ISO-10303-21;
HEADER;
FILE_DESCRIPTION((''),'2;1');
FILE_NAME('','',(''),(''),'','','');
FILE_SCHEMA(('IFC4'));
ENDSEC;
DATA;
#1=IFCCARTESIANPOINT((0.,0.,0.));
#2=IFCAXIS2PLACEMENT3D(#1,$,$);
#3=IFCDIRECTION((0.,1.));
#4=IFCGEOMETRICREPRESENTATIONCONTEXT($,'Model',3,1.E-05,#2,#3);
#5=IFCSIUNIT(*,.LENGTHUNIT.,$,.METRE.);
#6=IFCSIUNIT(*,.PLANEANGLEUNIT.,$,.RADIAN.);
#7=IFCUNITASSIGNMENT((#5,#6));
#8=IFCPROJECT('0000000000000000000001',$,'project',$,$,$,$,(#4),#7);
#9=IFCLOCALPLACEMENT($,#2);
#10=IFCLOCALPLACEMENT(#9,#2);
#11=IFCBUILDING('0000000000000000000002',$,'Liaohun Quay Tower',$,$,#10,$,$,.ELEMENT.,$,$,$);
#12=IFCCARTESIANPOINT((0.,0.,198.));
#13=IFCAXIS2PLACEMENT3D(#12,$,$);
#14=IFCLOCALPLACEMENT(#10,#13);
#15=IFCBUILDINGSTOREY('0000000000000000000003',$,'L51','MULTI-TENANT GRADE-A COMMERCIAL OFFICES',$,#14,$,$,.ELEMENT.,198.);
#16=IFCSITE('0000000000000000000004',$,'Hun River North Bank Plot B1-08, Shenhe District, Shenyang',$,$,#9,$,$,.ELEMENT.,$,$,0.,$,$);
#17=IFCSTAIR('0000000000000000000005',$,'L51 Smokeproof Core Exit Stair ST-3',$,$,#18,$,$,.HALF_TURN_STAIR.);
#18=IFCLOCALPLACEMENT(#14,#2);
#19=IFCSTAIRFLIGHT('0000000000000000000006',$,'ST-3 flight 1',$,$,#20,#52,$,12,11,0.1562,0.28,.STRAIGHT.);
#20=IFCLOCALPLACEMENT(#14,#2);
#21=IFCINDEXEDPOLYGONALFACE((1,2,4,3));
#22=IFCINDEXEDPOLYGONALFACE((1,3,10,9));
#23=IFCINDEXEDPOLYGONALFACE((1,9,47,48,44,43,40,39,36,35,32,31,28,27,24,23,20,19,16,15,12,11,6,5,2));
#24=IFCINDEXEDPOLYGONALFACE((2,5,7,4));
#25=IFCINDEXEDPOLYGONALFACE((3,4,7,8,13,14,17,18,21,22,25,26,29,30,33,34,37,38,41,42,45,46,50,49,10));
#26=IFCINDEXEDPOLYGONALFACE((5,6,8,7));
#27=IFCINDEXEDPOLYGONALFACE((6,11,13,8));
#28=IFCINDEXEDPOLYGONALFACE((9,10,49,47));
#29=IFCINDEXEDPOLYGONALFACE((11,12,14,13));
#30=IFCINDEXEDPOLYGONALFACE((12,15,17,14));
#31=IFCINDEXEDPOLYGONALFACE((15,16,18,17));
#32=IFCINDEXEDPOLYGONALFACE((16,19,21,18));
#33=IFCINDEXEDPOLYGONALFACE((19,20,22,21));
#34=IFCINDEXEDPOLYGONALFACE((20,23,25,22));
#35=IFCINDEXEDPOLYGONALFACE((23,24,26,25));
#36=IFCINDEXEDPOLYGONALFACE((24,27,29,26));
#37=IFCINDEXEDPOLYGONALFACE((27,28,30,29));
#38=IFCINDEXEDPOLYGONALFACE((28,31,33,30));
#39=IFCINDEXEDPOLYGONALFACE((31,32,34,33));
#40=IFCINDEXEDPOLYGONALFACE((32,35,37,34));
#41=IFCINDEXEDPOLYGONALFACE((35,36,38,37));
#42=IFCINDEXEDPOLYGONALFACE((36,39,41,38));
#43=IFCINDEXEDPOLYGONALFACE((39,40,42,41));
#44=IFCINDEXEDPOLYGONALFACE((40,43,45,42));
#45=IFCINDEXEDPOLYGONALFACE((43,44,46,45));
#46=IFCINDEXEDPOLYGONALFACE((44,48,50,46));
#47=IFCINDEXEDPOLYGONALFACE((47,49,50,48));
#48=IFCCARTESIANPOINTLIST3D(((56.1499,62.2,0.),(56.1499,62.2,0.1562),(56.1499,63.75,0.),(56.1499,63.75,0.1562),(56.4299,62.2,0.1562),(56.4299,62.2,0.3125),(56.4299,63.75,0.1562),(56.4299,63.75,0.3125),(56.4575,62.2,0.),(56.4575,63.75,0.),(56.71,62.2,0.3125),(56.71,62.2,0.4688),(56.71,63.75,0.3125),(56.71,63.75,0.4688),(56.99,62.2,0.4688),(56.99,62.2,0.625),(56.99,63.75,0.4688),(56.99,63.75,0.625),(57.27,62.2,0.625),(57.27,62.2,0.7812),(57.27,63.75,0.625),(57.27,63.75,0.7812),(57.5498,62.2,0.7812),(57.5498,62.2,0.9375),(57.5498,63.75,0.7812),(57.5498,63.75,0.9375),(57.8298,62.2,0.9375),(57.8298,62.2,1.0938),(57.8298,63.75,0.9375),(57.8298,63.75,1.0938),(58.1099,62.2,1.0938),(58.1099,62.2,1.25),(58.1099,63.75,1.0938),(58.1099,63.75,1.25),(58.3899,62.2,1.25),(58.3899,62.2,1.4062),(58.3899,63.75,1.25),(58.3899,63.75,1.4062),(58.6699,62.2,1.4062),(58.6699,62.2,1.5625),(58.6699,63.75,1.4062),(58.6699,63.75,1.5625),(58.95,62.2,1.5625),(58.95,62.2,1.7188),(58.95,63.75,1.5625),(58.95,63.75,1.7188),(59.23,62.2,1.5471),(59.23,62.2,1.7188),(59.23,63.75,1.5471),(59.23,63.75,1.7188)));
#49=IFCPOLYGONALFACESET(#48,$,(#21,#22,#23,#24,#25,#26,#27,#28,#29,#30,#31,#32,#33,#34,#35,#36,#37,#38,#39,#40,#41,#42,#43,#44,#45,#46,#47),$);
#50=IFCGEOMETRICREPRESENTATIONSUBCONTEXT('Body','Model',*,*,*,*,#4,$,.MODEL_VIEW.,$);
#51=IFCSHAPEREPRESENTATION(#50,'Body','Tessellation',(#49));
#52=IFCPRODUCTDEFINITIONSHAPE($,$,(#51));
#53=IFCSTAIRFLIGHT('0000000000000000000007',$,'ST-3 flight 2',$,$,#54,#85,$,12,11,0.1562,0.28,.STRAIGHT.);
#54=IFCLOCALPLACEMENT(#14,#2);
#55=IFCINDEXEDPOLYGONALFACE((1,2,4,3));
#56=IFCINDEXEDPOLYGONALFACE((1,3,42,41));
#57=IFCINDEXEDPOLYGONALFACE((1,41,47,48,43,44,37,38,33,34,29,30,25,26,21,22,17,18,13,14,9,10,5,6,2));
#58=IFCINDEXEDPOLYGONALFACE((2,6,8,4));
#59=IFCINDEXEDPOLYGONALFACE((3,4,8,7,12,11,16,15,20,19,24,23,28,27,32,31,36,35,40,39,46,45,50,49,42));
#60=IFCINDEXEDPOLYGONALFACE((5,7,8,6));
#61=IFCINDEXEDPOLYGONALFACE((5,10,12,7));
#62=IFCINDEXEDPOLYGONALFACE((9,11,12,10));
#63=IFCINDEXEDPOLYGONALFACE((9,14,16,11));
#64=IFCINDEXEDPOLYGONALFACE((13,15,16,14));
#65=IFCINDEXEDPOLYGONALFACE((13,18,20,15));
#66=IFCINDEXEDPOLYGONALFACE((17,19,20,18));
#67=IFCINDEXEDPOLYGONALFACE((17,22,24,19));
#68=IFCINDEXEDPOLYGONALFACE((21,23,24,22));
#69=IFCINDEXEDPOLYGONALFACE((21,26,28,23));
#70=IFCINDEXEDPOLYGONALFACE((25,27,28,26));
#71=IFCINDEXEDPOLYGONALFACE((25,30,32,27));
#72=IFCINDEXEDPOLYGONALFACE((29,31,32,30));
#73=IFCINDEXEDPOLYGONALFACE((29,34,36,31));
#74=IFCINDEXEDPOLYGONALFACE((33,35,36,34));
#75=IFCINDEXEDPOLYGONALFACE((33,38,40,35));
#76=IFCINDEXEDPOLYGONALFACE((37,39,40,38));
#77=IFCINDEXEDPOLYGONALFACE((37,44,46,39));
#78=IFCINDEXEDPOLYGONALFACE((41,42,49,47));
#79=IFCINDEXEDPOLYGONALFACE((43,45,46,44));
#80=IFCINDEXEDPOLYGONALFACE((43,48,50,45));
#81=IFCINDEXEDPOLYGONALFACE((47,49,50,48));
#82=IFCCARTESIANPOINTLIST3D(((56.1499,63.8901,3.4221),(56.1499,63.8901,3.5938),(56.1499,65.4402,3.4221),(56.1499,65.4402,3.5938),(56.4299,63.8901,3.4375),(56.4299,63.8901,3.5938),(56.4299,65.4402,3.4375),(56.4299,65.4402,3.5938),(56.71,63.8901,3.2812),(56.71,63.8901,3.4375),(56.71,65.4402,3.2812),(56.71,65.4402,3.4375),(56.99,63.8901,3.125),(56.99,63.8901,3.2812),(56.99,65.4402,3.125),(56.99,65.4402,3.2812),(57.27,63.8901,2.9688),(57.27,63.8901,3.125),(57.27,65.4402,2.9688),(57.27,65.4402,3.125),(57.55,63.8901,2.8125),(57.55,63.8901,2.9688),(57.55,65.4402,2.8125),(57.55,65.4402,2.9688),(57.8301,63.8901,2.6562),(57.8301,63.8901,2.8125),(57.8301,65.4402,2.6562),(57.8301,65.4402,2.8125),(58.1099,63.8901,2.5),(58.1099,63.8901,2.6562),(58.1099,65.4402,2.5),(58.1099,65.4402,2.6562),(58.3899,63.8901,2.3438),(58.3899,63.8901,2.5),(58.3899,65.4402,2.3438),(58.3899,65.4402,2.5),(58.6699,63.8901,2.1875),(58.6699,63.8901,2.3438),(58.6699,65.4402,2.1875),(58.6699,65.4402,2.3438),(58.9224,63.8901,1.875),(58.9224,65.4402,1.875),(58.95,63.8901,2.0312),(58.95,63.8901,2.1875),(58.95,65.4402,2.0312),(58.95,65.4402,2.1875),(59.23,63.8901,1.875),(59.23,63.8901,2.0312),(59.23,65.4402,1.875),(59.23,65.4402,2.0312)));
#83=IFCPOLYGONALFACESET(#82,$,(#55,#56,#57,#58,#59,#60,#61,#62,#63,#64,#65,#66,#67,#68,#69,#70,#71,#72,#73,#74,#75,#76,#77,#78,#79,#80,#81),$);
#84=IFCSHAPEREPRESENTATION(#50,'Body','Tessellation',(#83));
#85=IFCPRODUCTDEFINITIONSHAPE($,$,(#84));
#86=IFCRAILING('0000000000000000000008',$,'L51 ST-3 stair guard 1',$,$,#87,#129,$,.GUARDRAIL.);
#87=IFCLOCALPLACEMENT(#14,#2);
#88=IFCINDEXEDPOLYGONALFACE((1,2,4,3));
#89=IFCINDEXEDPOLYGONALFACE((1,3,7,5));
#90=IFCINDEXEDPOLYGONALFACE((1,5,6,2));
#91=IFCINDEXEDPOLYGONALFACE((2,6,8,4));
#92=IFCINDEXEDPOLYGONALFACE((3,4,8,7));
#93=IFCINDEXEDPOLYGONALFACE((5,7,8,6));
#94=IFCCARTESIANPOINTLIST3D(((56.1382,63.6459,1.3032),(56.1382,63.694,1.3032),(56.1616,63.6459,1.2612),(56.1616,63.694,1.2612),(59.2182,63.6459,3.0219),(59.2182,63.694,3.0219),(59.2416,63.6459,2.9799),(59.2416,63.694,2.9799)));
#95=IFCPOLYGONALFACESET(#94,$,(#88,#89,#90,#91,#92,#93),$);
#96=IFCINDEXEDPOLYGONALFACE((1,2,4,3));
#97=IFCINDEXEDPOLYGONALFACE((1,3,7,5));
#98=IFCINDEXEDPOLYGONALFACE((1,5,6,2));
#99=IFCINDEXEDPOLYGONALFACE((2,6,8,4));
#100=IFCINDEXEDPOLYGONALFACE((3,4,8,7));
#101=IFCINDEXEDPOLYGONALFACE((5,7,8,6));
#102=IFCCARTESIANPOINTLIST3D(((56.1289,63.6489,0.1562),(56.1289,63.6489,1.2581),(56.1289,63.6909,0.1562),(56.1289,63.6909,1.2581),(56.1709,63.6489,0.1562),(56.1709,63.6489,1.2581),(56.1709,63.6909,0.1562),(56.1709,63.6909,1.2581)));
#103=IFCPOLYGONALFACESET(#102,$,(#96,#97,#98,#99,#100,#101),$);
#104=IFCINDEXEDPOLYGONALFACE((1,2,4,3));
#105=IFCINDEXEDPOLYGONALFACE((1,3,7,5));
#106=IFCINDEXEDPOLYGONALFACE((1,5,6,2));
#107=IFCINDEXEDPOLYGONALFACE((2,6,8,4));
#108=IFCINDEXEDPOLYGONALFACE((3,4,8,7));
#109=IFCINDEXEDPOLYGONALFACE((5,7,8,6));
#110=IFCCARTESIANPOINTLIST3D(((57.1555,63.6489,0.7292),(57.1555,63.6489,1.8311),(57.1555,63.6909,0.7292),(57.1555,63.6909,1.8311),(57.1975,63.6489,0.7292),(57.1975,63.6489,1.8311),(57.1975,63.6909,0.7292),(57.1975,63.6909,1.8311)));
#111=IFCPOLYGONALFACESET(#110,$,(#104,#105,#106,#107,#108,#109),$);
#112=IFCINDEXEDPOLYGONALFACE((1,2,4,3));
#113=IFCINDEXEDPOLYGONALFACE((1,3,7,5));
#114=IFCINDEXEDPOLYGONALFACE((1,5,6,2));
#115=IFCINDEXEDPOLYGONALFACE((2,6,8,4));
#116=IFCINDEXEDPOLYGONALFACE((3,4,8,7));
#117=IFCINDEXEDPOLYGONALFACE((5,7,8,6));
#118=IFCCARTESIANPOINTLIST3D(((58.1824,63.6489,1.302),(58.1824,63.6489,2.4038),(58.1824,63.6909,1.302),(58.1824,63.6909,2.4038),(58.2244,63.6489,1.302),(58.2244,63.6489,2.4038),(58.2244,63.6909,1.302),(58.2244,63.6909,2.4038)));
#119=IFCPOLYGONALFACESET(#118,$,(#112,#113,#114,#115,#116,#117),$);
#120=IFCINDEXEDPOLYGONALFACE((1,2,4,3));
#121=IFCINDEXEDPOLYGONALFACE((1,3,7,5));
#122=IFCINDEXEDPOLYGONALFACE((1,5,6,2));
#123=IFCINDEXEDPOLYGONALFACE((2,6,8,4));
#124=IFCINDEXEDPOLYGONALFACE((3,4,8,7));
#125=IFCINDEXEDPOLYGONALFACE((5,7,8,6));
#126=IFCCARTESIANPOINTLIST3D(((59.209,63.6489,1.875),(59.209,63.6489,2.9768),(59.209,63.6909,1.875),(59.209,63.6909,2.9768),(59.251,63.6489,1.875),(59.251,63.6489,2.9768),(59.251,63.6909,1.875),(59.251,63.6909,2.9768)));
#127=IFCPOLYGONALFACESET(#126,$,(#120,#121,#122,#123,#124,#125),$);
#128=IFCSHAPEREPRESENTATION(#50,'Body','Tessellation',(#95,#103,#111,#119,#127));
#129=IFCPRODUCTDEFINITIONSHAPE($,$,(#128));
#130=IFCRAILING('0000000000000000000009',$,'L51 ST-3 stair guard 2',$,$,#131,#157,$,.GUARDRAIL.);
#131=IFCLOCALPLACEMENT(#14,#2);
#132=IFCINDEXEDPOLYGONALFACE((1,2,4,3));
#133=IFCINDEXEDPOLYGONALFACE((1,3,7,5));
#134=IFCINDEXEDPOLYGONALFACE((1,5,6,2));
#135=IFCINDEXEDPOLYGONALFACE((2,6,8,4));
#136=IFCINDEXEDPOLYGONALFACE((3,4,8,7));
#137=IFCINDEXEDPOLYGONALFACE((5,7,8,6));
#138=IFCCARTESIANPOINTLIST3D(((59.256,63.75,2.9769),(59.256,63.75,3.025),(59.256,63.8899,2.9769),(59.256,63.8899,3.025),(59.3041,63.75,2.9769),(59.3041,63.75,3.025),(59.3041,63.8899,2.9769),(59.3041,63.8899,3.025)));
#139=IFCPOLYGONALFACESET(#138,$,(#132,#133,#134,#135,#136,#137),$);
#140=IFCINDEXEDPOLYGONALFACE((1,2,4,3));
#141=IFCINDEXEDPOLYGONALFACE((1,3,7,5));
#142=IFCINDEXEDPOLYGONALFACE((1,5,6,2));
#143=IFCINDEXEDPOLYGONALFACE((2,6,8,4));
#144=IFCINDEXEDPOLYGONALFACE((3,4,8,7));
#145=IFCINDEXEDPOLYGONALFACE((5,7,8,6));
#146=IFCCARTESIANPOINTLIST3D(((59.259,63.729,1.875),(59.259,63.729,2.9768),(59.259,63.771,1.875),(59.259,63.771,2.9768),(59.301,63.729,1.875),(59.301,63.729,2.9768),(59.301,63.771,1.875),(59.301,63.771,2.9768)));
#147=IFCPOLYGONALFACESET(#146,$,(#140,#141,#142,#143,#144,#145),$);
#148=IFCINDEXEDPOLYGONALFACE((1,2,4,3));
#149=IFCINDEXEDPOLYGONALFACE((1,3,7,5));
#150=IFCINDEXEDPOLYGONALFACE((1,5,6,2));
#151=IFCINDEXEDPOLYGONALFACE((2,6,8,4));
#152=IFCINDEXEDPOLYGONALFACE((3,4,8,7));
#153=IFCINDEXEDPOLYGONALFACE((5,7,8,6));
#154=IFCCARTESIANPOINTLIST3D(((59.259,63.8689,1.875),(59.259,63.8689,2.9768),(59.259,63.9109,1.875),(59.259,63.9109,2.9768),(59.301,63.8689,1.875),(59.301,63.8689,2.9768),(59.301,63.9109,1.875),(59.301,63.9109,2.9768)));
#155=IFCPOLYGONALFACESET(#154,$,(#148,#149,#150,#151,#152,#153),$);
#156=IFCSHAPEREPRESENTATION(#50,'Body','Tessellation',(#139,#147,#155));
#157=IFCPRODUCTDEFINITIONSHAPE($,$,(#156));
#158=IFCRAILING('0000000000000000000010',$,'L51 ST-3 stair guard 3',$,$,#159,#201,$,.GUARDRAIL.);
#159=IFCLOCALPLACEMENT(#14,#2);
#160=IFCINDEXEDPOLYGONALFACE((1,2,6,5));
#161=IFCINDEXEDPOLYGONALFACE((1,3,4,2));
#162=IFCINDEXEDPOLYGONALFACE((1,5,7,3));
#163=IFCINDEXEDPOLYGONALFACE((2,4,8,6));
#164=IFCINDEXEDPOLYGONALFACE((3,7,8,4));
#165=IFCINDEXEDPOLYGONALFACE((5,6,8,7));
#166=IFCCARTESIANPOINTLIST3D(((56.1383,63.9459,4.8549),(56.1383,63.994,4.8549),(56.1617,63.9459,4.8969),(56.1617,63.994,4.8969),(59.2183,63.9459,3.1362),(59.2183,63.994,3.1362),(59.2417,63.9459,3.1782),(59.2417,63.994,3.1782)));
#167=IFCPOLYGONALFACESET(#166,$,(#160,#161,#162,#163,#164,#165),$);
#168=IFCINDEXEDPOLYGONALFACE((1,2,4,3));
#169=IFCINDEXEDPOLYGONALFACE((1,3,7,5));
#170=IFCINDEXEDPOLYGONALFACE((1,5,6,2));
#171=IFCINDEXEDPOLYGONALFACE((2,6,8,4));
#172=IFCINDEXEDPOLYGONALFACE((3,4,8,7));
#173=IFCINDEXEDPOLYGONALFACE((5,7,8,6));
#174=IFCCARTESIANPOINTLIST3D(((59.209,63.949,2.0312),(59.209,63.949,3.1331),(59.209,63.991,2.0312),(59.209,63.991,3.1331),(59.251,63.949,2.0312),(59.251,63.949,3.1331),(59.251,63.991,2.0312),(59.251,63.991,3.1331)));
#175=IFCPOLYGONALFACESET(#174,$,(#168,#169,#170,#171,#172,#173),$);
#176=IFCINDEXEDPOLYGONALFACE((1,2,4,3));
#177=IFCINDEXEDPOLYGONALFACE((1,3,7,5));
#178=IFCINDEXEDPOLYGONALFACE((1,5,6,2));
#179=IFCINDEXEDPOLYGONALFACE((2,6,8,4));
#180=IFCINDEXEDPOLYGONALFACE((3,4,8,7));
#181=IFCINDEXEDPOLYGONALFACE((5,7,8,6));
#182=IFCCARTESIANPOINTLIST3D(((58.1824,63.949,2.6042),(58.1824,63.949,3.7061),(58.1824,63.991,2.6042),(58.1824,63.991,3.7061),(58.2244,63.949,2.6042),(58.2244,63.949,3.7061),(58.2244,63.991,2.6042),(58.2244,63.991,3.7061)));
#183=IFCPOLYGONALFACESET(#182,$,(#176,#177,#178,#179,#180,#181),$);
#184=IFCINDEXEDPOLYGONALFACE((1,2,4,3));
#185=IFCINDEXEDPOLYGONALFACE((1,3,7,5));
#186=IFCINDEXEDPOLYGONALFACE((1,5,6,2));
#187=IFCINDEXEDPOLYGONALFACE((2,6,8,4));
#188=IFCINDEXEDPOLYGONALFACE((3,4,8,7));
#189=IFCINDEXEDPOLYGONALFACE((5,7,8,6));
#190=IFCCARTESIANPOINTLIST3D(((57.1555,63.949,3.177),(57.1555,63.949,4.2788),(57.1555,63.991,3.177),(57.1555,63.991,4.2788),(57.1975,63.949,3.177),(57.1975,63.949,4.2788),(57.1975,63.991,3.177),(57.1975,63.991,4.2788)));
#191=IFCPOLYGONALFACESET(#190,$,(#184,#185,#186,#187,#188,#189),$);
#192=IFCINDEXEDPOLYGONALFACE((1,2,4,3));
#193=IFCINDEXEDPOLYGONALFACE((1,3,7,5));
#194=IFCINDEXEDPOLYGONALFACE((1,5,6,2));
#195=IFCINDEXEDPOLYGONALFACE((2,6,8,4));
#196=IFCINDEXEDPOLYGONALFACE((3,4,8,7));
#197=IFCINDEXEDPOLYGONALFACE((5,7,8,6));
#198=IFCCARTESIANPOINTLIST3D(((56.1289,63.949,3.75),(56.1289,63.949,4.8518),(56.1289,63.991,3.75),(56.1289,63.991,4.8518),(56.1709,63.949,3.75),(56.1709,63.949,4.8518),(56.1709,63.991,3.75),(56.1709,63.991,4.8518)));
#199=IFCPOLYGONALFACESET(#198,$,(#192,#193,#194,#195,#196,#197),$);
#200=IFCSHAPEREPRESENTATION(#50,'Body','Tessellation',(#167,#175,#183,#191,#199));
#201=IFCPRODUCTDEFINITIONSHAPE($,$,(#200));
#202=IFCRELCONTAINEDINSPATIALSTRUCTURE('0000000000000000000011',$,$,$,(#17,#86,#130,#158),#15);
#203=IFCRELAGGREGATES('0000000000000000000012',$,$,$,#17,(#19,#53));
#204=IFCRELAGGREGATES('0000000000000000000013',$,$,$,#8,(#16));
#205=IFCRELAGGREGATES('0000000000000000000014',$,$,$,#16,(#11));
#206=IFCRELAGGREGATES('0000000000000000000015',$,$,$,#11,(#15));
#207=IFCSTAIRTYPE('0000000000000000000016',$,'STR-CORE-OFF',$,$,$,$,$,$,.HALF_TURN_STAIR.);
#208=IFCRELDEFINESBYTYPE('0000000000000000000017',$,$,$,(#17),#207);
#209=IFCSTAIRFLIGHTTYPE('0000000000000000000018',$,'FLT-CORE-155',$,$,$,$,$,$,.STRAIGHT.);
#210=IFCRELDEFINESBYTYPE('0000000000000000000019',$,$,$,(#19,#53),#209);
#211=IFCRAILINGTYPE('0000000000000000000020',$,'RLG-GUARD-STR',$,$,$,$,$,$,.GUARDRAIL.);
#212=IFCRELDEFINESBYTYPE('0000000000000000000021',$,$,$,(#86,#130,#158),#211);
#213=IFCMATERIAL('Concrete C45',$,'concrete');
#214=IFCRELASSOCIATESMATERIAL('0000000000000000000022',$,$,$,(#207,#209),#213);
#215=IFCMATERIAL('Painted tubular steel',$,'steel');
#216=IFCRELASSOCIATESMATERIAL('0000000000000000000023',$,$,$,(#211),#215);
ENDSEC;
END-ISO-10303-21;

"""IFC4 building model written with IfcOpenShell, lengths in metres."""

from ifc_helpers import new_model, si_unit, direction, frame, origin, origin_2d, place, context, subcontext, project, spatial, polyline, rectangle, outline, extrude, material, type_object, element, aggregate, save


model = new_model("IFC4")

# Units and contexts
model_context = context("Model", 3, precision=1e-05, world=origin(), true_north=direction((0.0, 1.0)))
body_context = subcontext(model_context, "Body", "Model", "MODEL_VIEW")
ifc_project = project(units=[si_unit("LENGTHUNIT", "METRE"), si_unit("PLANEANGLEUNIT", "RADIAN")], contexts=[model_context])

# Site, building, storey
site_placement = place(None, origin())
site = spatial("IfcSite", under=ifc_project, at=site_placement, Name="Hun River North Bank Plot B1-08, Shenhe District, Shenyang", CompositionType="ELEMENT", RefElevation=0.0)
building_placement = place(site_placement, origin())
building = spatial("IfcBuilding", under=site, at=building_placement, Name="Liaohun Quay Tower", CompositionType="ELEMENT")
storey_placement = place(building_placement, frame((0.0, 0.0, 198.0)))
storey = spatial("IfcBuildingStorey", under=building, at=storey_placement, Name="L51", Description="MULTI-TENANT GRADE-A COMMERCIAL OFFICES", CompositionType="ELEMENT", Elevation=198.0)

# Stair, stair flights
ifc_material_1 = material(Name="Concrete C45", Category="concrete")
stair_type = type_object("IfcStairType", Name="STR-CORE-OFF", PredefinedType="HALF_TURN_STAIR", material=ifc_material_1)
stair_placement = place(storey_placement, origin())
stair = element("IfcStair", 1, at=stair_placement, inside=storey, type_object=stair_type, Name="L51 Smokeproof Core Exit Stair ST-3", PredefinedType="HALF_TURN_STAIR")
stair_flight_type = type_object("IfcStairFlightType", Name="FLT-CORE-155", PredefinedType="STRAIGHT", material=ifc_material_1)
stair_flight_1_placement = place(storey_placement, frame((56.1499, 62.9751, 0.0), z_axis=(0.0, 0.0, 1.0), x_axis=(1.0, 0.0, 0.0)))
stair_flight_1 = element("IfcStairFlight", 2, at=stair_flight_1_placement, type_object=stair_flight_type, Name="ST-3 flight 1", NumberOfRisers=12, NumberOfTreads=11, PredefinedType="STRAIGHT", RiserHeight=0.1562, TreadLength=0.28, context=body_context, shape_type="SweptSolid", body=[
    extrude(outline(polyline([(0.0, 0.0), (0.0, 0.1562), (0.28, 0.1562), (0.28, 0.3125), (0.5601, 0.3125), (0.5601, 0.4688), (0.8401, 0.4688), (0.8401, 0.625), (1.1201, 0.625), (1.1201, 0.7812), (1.3999, 0.7812), (1.3999, 0.9375), (1.6799, 0.9375), (1.6799, 1.0938), (1.96, 1.0938), (1.96, 1.25), (2.24, 1.25), (2.24, 1.4062), (2.52, 1.4062), (2.52, 1.5625), (2.8, 1.5625), (2.8, 1.7188), (3.0801, 1.7188), (3.0801, 1.875), (3.0801, 1.5471), (0.3076, 0.0), (0.0, 0.0)])), frame((0.0, 0.7749, 0.0), z_axis=(0.0, -1.0, 0.0), x_axis=(1.0, 0.0, 0.0)), (0.0, 0.0, 1.0), 1.55),
])
stair_flight_2_placement = place(storey_placement, frame((59.23, 64.665, 1.875), z_axis=(0.0, 0.0, 1.0), x_axis=(-1.0, 0.0, 0.0)))
stair_flight_2 = element("IfcStairFlight", 3, at=stair_flight_2_placement, type_object=stair_flight_type, Name="ST-3 flight 2", NumberOfRisers=12, NumberOfTreads=11, PredefinedType="STRAIGHT", RiserHeight=0.1562, TreadLength=0.28, context=body_context, shape_type="SweptSolid", body=[
    extrude(outline(polyline([(0.0, 0.0), (0.0, 0.1562), (0.28, 0.1562), (0.28, 0.3125), (0.5601, 0.3125), (0.5601, 0.4688), (0.8401, 0.4688), (0.8401, 0.625), (1.1201, 0.625), (1.1201, 0.7812), (1.3999, 0.7812), (1.3999, 0.9375), (1.6799, 0.9375), (1.6799, 1.0938), (1.96, 1.0938), (1.96, 1.25), (2.24, 1.25), (2.24, 1.4062), (2.52, 1.4062), (2.52, 1.5625), (2.8, 1.5625), (2.8, 1.7188), (3.0801, 1.7188), (3.0801, 1.875), (3.0801, 1.5471), (0.3076, 0.0), (0.0, 0.0)])), frame((0.0, 0.7749, 0.0), z_axis=(0.0, -1.0, 0.0), x_axis=(1.0, 0.0, 0.0)), (0.0, 0.0, 1.0), 1.55),
])
aggregate(stair, [stair_flight_1, stair_flight_2])

# Railings
ifc_material_2 = material(Name="Painted tubular steel", Category="steel")
railing_type_1 = type_object("IfcRailingType", Name="RLG-GUARD-STR", PredefinedType="GUARDRAIL", material=ifc_material_2)
railing_1_placement = place(storey_placement, frame((56.1499, 63.6699, 0.1562)))
element("IfcRailing", 4, at=railing_1_placement, inside=storey, type_object=railing_type_1, Name="L51 ST-3 stair guard 1", PredefinedType="GUARDRAIL", context=body_context, shape_type="SweptSolid", body=[
    extrude(rectangle(XDim=0.0481, YDim=0.0481, at=origin_2d()), frame((0.0, 0.0, 1.126), z_axis=(0.873242, 0.0, 0.487288), x_axis=(0.0, 1.0, 0.0)), (0.0, 0.0, 1.0), 3.5271),
    extrude(rectangle(XDim=0.042, YDim=0.042, at=origin_2d()), origin(), (0.0, 0.0, 1.0), 1.1018),
    extrude(rectangle(XDim=0.042, YDim=0.042, at=origin_2d()), frame((1.0266, 0.0, 0.573)), (0.0, 0.0, 1.0), 1.1018),
    extrude(rectangle(XDim=0.042, YDim=0.042, at=origin_2d()), frame((2.0535, 0.0, 1.1458)), (0.0, 0.0, 1.0), 1.1018),
    extrude(rectangle(XDim=0.042, YDim=0.042, at=origin_2d()), frame((3.0801, 0.0, 1.7188)), (0.0, 0.0, 1.0), 1.1018),
])
railing_2_placement = place(storey_placement, frame((59.28, 63.75, 1.875)))
element("IfcRailing", 5, at=railing_2_placement, inside=storey, type_object=railing_type_1, Name="L51 ST-3 stair guard 2", PredefinedType="GUARDRAIL", context=body_context, shape_type="SweptSolid", body=[
    extrude(rectangle(XDim=0.0481, YDim=0.0481, at=origin_2d()), frame((0.0, 0.0, 1.126), z_axis=(0.0, 1.0, 0.0), x_axis=(-1.0, 0.0, 0.0)), (0.0, 0.0, 1.0), 0.1399),
    extrude(rectangle(XDim=0.042, YDim=0.042, at=origin_2d()), origin(), (0.0, 0.0, 1.0), 1.1018),
    extrude(rectangle(XDim=0.042, YDim=0.042, at=origin_2d()), frame((0.0, 0.1399, 0.0)), (0.0, 0.0, 1.0), 1.1018),
])
railing_3_placement = place(storey_placement, frame((59.23, 63.97, 2.0312)))
element("IfcRailing", 6, at=railing_3_placement, inside=storey, type_object=railing_type_1, Name="L51 ST-3 stair guard 3", PredefinedType="GUARDRAIL", context=body_context, shape_type="SweptSolid", body=[
    extrude(rectangle(XDim=0.0481, YDim=0.0481, at=origin_2d()), frame((0.0, 0.0, 1.126), z_axis=(-0.873242, 0.0, 0.487288), x_axis=(0.0, -1.0, 0.0)), (0.0, 0.0, 1.0), 3.5271),
    extrude(rectangle(XDim=0.042, YDim=0.042, at=origin_2d()), origin(), (0.0, 0.0, 1.0), 1.1018),
    extrude(rectangle(XDim=0.042, YDim=0.042, at=origin_2d()), frame((-1.0266, 0.0, 0.573)), (0.0, 0.0, 1.0), 1.1018),
    extrude(rectangle(XDim=0.042, YDim=0.042, at=origin_2d()), frame((-2.0535, 0.0, 1.1458)), (0.0, 0.0, 1.0), 1.1018),
    extrude(rectangle(XDim=0.042, YDim=0.042, at=origin_2d()), frame((-3.0801, 0.0, 1.7188)), (0.0, 0.0, 1.0), 1.1018),
])

save(model, "model.ifc")
